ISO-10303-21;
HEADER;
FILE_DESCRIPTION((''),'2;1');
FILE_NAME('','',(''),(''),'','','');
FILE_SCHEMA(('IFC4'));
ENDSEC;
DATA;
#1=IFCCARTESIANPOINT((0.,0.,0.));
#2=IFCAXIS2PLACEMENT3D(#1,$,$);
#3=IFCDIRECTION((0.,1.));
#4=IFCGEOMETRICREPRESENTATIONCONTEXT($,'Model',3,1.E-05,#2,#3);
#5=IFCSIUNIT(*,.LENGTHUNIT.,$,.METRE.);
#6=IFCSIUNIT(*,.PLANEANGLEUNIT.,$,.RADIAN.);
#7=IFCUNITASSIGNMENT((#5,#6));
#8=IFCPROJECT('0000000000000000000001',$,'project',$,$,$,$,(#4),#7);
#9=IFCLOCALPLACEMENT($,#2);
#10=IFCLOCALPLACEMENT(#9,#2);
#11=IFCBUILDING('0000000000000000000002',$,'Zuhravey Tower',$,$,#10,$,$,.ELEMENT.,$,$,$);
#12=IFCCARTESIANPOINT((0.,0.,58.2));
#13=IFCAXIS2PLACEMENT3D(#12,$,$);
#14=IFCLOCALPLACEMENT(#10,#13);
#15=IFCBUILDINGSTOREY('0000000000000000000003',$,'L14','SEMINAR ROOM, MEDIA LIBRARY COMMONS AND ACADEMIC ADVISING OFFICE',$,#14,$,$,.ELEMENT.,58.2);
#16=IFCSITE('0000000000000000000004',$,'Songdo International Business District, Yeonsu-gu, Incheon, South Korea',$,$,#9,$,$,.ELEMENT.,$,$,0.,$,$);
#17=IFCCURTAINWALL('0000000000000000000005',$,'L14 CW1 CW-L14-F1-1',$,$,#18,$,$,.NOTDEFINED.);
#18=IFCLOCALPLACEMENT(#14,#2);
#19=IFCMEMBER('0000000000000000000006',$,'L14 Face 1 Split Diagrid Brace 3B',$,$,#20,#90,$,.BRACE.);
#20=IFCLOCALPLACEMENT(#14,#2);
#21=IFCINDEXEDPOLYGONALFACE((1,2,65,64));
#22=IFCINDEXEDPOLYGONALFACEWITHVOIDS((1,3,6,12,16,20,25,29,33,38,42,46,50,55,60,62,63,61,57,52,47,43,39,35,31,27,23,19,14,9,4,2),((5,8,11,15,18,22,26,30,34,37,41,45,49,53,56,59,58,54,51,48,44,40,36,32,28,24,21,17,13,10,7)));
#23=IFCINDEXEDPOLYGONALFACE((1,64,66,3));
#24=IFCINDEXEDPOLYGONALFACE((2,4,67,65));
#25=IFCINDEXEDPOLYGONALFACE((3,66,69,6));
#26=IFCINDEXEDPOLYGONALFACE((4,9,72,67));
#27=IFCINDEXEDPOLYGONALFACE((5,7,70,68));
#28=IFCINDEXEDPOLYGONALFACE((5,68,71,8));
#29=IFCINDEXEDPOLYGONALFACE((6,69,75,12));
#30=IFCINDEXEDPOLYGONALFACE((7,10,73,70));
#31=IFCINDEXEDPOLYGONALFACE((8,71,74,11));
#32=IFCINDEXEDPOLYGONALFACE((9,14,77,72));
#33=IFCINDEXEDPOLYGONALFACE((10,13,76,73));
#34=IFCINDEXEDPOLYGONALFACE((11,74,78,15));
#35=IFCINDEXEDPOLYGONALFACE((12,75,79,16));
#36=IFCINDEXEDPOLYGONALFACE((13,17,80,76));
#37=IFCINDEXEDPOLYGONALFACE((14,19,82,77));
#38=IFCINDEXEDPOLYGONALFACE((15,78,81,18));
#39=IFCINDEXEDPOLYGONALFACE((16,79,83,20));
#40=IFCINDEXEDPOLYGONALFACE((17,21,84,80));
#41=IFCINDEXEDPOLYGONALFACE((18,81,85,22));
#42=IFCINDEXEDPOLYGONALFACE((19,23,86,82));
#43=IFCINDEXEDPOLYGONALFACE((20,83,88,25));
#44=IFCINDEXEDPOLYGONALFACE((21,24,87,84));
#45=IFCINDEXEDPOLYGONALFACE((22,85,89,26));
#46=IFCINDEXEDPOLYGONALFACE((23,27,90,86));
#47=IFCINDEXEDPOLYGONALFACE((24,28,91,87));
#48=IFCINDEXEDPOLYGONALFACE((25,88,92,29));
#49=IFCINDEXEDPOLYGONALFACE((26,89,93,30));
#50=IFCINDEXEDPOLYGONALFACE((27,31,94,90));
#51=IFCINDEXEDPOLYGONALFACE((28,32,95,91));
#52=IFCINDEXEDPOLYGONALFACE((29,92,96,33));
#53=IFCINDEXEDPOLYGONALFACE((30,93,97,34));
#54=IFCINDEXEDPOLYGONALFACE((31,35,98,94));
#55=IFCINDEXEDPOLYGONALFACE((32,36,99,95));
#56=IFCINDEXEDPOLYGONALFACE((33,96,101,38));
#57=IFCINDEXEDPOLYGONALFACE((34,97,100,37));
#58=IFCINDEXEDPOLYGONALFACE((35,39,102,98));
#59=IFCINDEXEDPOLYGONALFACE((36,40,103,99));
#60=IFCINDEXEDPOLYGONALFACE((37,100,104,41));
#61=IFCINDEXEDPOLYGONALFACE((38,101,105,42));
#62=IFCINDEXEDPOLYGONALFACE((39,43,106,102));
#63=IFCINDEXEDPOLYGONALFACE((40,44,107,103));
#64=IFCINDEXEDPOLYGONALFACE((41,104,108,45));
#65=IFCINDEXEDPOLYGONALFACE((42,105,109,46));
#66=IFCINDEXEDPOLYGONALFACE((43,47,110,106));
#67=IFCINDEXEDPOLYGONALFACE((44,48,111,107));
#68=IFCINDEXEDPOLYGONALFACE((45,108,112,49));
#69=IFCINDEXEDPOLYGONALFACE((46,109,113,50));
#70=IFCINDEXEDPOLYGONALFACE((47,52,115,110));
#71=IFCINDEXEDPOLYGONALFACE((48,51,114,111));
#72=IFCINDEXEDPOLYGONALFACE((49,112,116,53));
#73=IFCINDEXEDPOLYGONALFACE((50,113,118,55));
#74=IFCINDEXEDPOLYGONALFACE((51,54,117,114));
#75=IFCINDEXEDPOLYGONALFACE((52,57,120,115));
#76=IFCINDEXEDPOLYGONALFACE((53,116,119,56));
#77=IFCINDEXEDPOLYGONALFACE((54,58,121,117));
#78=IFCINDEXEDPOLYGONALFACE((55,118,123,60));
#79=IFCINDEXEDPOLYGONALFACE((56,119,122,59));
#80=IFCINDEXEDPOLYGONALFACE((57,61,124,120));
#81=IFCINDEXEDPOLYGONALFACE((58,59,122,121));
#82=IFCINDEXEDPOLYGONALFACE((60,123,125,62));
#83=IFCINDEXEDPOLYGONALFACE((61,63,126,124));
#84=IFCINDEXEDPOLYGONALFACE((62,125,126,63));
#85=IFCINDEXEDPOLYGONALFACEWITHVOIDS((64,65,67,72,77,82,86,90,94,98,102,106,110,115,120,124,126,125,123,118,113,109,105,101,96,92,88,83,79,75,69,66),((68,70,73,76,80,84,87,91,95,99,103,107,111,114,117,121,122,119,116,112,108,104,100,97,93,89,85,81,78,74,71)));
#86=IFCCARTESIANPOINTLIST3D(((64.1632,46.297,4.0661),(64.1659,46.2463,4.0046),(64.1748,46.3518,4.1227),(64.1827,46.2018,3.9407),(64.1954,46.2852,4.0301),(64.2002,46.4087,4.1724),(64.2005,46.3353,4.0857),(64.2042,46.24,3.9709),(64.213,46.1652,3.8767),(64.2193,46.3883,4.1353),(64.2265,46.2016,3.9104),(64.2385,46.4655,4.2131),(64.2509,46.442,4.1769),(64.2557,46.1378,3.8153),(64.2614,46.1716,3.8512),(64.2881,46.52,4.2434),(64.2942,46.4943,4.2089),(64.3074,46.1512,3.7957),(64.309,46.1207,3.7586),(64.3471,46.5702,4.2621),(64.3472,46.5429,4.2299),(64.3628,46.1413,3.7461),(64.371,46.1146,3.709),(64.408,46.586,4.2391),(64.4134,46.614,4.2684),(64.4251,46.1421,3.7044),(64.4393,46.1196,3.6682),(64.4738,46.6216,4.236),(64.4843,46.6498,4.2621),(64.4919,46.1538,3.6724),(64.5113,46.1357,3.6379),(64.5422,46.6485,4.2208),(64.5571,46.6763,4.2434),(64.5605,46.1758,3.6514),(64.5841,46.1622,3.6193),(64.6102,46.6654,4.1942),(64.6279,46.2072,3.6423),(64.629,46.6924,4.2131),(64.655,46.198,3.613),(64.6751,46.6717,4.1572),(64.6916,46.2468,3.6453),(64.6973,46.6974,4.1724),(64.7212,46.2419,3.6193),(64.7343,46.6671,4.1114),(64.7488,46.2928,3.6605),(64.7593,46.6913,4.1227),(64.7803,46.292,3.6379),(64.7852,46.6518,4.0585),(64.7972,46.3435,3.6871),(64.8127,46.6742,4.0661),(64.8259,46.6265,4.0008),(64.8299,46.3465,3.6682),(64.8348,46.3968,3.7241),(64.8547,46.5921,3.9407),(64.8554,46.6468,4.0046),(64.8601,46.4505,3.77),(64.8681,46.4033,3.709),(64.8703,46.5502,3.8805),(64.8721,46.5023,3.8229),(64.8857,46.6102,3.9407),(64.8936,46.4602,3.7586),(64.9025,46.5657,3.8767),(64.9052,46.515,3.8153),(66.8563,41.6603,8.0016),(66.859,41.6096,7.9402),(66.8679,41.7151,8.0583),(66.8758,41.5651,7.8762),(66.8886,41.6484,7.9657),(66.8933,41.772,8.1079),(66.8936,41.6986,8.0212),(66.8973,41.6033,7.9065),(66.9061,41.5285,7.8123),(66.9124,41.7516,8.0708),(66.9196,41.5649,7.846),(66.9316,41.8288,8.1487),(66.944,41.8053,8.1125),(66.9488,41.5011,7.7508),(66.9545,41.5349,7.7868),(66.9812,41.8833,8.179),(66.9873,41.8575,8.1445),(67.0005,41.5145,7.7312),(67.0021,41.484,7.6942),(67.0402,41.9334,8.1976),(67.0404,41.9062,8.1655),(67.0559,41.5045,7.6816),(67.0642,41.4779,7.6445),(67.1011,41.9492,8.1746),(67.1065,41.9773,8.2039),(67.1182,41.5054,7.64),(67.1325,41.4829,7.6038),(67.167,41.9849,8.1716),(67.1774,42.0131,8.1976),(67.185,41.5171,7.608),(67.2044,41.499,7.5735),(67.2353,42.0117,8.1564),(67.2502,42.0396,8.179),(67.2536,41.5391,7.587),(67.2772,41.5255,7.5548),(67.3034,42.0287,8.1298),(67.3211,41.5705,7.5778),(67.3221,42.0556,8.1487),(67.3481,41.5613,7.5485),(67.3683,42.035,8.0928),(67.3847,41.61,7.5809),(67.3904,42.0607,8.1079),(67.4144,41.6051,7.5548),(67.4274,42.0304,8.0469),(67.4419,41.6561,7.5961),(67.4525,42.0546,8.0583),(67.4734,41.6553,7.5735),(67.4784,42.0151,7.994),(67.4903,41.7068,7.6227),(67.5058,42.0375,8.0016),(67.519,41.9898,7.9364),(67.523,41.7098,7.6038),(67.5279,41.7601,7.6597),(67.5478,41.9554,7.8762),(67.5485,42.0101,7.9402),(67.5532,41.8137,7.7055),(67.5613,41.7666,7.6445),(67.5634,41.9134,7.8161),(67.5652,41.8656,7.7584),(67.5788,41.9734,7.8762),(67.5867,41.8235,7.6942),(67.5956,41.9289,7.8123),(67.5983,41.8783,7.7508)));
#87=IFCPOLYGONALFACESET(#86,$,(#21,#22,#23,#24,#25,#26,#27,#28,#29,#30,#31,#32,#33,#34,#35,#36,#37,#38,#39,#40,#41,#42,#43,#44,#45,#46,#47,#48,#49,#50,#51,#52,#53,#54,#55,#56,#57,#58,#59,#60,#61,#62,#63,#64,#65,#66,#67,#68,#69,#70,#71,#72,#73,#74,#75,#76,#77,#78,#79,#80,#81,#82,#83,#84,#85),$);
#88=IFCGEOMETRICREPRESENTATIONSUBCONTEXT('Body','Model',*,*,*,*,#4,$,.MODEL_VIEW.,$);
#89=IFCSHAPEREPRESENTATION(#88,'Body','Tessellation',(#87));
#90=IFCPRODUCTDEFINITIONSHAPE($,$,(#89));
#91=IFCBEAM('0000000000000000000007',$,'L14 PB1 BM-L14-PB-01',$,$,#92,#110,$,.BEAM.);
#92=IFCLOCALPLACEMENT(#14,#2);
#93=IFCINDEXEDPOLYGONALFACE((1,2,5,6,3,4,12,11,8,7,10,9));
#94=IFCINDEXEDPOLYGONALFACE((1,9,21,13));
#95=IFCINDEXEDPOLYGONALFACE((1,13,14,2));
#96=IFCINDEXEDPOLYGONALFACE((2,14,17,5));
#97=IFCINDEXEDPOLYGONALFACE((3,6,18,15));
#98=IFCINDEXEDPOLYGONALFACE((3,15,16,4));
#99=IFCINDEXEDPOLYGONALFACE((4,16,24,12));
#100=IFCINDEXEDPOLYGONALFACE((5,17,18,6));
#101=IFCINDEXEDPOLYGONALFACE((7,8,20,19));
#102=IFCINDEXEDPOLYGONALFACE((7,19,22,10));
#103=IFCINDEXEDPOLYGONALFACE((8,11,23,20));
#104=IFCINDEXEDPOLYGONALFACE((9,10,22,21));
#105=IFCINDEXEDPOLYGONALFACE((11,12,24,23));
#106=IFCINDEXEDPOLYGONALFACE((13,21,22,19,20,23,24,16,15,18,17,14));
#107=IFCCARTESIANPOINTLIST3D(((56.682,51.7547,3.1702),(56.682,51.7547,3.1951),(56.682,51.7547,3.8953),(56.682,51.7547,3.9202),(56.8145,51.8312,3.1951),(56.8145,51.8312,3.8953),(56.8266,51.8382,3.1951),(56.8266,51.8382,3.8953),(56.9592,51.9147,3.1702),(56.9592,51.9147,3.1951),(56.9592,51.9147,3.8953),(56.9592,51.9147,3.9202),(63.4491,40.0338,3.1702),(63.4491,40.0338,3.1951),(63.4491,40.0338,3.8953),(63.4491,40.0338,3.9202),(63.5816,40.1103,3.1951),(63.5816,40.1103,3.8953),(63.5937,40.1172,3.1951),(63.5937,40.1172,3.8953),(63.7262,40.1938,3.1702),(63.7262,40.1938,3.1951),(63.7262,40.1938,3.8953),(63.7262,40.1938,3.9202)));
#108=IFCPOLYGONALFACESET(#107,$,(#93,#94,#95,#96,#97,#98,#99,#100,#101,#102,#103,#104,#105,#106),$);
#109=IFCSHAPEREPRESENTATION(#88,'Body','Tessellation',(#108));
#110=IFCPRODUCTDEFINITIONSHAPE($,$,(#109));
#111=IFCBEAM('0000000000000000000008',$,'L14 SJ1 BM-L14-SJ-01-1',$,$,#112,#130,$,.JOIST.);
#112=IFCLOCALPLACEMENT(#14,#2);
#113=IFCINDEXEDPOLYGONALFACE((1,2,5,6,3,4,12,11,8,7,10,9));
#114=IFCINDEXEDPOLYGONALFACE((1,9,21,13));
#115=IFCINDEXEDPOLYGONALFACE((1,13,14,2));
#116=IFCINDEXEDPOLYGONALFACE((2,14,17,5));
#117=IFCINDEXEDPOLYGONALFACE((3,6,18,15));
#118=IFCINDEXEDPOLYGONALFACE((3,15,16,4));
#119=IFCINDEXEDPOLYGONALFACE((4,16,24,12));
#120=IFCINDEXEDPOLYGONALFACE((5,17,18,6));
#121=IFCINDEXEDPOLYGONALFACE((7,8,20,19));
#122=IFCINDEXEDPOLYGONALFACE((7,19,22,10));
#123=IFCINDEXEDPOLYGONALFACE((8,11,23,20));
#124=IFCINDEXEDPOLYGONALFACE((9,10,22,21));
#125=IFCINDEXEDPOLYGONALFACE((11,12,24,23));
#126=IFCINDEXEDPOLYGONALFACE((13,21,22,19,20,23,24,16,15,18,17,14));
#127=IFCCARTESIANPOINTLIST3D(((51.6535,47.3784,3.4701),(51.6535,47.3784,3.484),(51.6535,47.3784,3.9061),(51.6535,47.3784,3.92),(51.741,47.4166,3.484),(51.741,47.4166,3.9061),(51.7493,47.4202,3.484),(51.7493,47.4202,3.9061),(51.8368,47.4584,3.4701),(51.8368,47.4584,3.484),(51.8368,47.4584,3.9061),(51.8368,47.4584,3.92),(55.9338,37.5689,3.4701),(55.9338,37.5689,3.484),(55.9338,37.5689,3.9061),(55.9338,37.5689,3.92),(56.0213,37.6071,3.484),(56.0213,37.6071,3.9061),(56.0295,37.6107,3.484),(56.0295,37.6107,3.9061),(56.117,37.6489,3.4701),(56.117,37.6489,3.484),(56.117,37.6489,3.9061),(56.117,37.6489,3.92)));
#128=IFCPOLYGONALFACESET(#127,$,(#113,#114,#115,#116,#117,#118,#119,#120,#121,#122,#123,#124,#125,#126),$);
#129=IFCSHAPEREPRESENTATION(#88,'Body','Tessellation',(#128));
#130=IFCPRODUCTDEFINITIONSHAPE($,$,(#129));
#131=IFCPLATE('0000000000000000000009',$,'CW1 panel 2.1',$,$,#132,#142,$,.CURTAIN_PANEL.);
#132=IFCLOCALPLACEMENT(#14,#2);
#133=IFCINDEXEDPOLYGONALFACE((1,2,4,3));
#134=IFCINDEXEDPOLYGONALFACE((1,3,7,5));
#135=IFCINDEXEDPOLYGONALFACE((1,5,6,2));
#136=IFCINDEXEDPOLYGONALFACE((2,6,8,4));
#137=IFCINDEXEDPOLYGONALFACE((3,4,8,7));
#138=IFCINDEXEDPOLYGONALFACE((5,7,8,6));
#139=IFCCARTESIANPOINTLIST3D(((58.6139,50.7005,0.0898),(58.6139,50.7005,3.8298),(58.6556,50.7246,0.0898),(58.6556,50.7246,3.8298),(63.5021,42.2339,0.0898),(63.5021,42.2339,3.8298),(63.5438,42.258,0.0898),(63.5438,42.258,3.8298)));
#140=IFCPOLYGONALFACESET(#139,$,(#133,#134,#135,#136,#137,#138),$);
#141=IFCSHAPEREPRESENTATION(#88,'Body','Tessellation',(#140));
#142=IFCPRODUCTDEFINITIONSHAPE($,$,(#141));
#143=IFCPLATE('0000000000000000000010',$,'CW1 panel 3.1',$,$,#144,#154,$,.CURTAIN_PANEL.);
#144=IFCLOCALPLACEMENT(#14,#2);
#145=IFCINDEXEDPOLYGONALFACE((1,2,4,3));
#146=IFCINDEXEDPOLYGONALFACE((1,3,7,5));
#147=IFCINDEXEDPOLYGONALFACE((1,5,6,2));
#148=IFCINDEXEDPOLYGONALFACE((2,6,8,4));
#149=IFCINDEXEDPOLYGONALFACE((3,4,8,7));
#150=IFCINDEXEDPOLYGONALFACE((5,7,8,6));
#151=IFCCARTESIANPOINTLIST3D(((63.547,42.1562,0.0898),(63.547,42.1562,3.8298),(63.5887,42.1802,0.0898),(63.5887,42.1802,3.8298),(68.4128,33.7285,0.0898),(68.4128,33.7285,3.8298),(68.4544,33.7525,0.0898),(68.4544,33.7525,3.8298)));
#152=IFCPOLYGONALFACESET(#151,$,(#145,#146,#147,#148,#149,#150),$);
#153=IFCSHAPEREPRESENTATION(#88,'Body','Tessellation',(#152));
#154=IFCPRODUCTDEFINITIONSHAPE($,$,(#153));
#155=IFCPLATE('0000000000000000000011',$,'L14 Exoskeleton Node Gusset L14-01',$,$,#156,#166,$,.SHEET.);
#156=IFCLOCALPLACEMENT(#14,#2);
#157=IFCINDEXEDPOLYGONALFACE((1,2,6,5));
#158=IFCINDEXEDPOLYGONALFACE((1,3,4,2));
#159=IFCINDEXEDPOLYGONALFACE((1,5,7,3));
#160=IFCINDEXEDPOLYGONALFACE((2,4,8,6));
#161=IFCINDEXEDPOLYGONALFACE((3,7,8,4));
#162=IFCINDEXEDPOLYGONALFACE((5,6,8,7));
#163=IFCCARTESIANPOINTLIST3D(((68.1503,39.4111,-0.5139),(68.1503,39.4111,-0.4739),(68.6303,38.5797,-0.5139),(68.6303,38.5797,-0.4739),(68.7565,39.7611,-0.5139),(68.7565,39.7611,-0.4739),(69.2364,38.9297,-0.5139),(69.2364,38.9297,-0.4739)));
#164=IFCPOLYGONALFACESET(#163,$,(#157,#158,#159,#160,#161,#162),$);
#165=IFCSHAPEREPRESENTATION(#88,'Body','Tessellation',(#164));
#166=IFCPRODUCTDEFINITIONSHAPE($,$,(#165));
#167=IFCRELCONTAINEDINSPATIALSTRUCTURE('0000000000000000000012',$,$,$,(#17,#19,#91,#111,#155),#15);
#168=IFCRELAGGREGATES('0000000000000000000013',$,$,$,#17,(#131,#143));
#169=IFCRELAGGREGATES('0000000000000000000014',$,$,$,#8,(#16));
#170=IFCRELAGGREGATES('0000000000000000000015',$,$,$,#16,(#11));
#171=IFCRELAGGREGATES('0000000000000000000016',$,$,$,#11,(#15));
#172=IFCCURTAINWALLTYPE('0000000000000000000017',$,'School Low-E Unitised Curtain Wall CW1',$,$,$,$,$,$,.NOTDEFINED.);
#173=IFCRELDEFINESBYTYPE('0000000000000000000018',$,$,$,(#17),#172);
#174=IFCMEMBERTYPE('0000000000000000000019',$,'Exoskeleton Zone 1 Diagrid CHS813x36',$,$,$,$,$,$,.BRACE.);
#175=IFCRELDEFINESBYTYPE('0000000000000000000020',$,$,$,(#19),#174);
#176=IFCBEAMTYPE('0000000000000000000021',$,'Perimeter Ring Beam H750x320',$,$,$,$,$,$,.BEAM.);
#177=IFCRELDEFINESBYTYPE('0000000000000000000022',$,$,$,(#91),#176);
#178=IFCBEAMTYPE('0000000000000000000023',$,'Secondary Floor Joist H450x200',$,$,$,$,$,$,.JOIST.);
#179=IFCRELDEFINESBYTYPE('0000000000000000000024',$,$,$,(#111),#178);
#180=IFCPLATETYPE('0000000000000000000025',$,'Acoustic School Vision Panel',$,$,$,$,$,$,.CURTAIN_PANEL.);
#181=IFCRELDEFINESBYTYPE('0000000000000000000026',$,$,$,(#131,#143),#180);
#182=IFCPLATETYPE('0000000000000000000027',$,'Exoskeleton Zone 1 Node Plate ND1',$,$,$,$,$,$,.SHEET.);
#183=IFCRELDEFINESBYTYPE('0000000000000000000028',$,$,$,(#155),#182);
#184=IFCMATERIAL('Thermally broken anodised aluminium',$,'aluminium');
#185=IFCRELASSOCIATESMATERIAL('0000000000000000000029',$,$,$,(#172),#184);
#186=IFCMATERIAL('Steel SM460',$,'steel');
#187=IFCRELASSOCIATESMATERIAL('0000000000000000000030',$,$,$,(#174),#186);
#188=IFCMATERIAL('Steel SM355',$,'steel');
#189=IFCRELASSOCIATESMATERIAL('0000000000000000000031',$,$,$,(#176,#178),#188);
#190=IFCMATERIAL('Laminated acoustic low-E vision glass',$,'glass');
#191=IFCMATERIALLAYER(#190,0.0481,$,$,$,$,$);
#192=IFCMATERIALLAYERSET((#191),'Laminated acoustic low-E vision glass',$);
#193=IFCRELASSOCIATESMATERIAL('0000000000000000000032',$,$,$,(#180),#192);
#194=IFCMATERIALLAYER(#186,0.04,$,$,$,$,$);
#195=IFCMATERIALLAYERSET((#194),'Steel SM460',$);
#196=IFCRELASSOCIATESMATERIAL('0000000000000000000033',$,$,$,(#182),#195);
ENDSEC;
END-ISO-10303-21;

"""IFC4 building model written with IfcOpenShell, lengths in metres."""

from ifc_helpers import new_model, si_unit, direction, frame, origin, origin_2d, place, context, subcontext, project, spatial, rectangle, hollow_circle, i_section, extrude, material, layer, layer_set, material_profile, profile_set, type_object, element, aggregate, save


model = new_model("IFC4")

# Units and contexts
model_context = context("Model", 3, precision=1e-05, world=origin(), true_north=direction((0.0, 1.0)))
body_context = subcontext(model_context, "Body", "Model", "MODEL_VIEW")
ifc_project = project(units=[si_unit("LENGTHUNIT", "METRE"), si_unit("PLANEANGLEUNIT", "RADIAN")], contexts=[model_context])

# Site, building, storey
site_placement = place(None, origin())
site = spatial("IfcSite", under=ifc_project, at=site_placement, Name="Songdo International Business District, Yeonsu-gu, Incheon, South Korea", CompositionType="ELEMENT", RefElevation=0.0)
building_placement = place(site_placement, origin())
building = spatial("IfcBuilding", under=site, at=building_placement, Name="Zuhravey Tower", CompositionType="ELEMENT")
storey_placement = place(building_placement, frame((0.0, 0.0, 58.2)))
storey = spatial("IfcBuildingStorey", under=building, at=storey_placement, Name="L14", Description="SEMINAR ROOM, MEDIA LIBRARY COMMONS AND ACADEMIC ADVISING OFFICE", CompositionType="ELEMENT", Elevation=58.2)

# Curtain wall
ifc_material_1 = material(Name="Thermally broken anodised aluminium", Category="aluminium")
curtain_wall_type = type_object("IfcCurtainWallType", Name="School Low-E Unitised Curtain Wall CW1", PredefinedType="NOTDEFINED", material=ifc_material_1)
curtain_wall_placement = place(storey_placement, origin())
curtain_wall = element("IfcCurtainWall", 1, at=curtain_wall_placement, inside=storey, type_object=curtain_wall_type, Name="L14 CW1 CW-L14-F1-1", PredefinedType="NOTDEFINED")

# Member
ifc_material_2 = material(Name="Steel SM355", Category="steel")
ifc_material_3 = material(Name="Steel SM460", Category="steel")
ifc_material_profile_1 = material_profile(ifc_material_3, hollow_circle(Radius=0.4065, WallThickness=0.0359, at=origin_2d()), Name="CHS-812.8x36")
ifc_profile_set_1 = profile_set([ifc_material_profile_1], Name="Steel SM460")
member_type_1 = type_object("IfcMemberType", Name="Exoskeleton Zone 1 Diagrid CHS813x36", PredefinedType="BRACE", material=ifc_profile_set_1)
member_1_placement = place(storey_placement, frame((64.5342, 46.406, 3.9407), z_axis=(0.404897, -0.697109, 0.591691), x_axis=(0.864722, 0.502251, 0.0)))
element("IfcMember", 2, at=member_1_placement, inside=storey, type_object=member_type_1, Name="L14 Face 1 Split Diagrid Brace 3B", PredefinedType="BRACE", context=body_context, shape_type="SweptSolid", body=[
    extrude(hollow_circle(Radius=0.4065, WallThickness=0.0359, at=origin_2d()), origin(), (0.0, 0.0, 1.0), 6.6514),
])

# Beams
ifc_material_profile_2 = material_profile(ifc_material_2, i_section(OverallWidth=0.3201, OverallDepth=0.75, WebThickness=0.0139, FlangeThickness=0.0249, at=origin_2d()), Name="H-750x320x14x25")
ifc_profile_set_2 = profile_set([ifc_material_profile_2], Name="Steel SM355")
beam_type_1 = type_object("IfcBeamType", Name="Perimeter Ring Beam H750x320", PredefinedType="BEAM", material=ifc_profile_set_2)
beam_1_placement = place(storey_placement, frame((63.5876, 40.1138, 3.5452), z_axis=(-0.5, 0.866025, 0.0), x_axis=(-0.866025, -0.5, 0.0)))
element("IfcBeam", 3, at=beam_1_placement, inside=storey, type_object=beam_type_1, Name="L14 PB1 BM-L14-PB-01", PredefinedType="BEAM", context=body_context, shape_type="SweptSolid", body=[
    extrude(i_section(OverallWidth=0.3201, OverallDepth=0.75, WebThickness=0.0139, FlangeThickness=0.0249, at=origin_2d()), origin(), (0.0, 0.0, 1.0), 13.5342),
])
ifc_material_profile_3 = material_profile(ifc_material_2, i_section(OverallWidth=0.2, OverallDepth=0.45, WebThickness=0.009, FlangeThickness=0.0139, at=origin_2d()), Name="H-450x200x9x14")
ifc_profile_set_3 = profile_set([ifc_material_profile_3], Name="Steel SM355")
beam_type_2 = type_object("IfcBeamType", Name="Secondary Floor Joist H450x200", PredefinedType="JOIST", material=ifc_profile_set_3)
beam_2_placement = place(storey_placement, frame((56.0254, 37.6089, 3.6951), z_axis=(-0.399924, 0.916549, 0.0), x_axis=(-0.916549, -0.399924, 0.0)))
element("IfcBeam", 4, at=beam_2_placement, inside=storey, type_object=beam_type_2, Name="L14 SJ1 BM-L14-SJ-01-1", PredefinedType="JOIST", context=body_context, shape_type="SweptSolid", body=[
    extrude(i_section(OverallWidth=0.2, OverallDepth=0.45, WebThickness=0.009, FlangeThickness=0.0139, at=origin_2d()), origin(), (0.0, 0.0, 1.0), 10.7026),
])

# Plates
ifc_material_4 = material(Name="Laminated acoustic low-E vision glass", Category="glass")
ifc_layer_1 = layer(ifc_material_4, 0.0481)
ifc_layer_set_1 = layer_set([ifc_layer_1], Name="Laminated acoustic low-E vision glass")
plate_type_1 = type_object("IfcPlateType", Name="Acoustic School Vision Panel", PredefinedType="CURTAIN_PANEL", material=ifc_layer_set_1)
plate_1_placement = place(storey_placement, frame((61.0789, 46.4792, 0.0898), z_axis=(0.0, 0.0, 1.0), x_axis=(0.5, -0.866026, 0.0)))
plate_1 = element("IfcPlate", 5, at=plate_1_placement, type_object=plate_type_1, Name="CW1 panel 2.1", PredefinedType="CURTAIN_PANEL", context=body_context, shape_type="SweptSolid", body=[
    extrude(rectangle(XDim=9.7764, YDim=0.0481, at=origin_2d()), origin(), (0.0, 0.0, 1.0), 3.74),
])
plate_2_placement = place(storey_placement, frame((66.0007, 37.9543, 0.0898), z_axis=(0.0, 0.0, 1.0), x_axis=(0.5, -0.866026, 0.0)))
plate_2 = element("IfcPlate", 6, at=plate_2_placement, type_object=plate_type_1, Name="CW1 panel 3.1", PredefinedType="CURTAIN_PANEL", context=body_context, shape_type="SweptSolid", body=[
    extrude(rectangle(XDim=9.7314, YDim=0.0481, at=origin_2d()), origin(), (0.0, 0.0, 1.0), 3.74),
])
aggregate(curtain_wall, [plate_1, plate_2])
ifc_layer_2 = layer(ifc_material_3, 0.04)
ifc_layer_set_2 = layer_set([ifc_layer_2], Name="Steel SM460")
plate_type_2 = type_object("IfcPlateType", Name="Exoskeleton Zone 1 Node Plate ND1", PredefinedType="SHEET", material=ifc_layer_set_2)
plate_3_placement = place(storey_placement, frame((68.6934, 39.1704, -0.5139), z_axis=(0.0, 0.0, 1.0), x_axis=(-0.5, 0.866025, 0.0)))
element("IfcPlate", 7, at=plate_3_placement, inside=storey, type_object=plate_type_2, Name="L14 Exoskeleton Node Gusset L14-01", PredefinedType="SHEET", context=body_context, shape_type="SweptSolid", body=[
    extrude(rectangle(XDim=0.96, YDim=0.7, at=origin_2d()), origin(), (0.0, 0.0, 1.0), 0.04),
])

save(model, "model.ifc")
